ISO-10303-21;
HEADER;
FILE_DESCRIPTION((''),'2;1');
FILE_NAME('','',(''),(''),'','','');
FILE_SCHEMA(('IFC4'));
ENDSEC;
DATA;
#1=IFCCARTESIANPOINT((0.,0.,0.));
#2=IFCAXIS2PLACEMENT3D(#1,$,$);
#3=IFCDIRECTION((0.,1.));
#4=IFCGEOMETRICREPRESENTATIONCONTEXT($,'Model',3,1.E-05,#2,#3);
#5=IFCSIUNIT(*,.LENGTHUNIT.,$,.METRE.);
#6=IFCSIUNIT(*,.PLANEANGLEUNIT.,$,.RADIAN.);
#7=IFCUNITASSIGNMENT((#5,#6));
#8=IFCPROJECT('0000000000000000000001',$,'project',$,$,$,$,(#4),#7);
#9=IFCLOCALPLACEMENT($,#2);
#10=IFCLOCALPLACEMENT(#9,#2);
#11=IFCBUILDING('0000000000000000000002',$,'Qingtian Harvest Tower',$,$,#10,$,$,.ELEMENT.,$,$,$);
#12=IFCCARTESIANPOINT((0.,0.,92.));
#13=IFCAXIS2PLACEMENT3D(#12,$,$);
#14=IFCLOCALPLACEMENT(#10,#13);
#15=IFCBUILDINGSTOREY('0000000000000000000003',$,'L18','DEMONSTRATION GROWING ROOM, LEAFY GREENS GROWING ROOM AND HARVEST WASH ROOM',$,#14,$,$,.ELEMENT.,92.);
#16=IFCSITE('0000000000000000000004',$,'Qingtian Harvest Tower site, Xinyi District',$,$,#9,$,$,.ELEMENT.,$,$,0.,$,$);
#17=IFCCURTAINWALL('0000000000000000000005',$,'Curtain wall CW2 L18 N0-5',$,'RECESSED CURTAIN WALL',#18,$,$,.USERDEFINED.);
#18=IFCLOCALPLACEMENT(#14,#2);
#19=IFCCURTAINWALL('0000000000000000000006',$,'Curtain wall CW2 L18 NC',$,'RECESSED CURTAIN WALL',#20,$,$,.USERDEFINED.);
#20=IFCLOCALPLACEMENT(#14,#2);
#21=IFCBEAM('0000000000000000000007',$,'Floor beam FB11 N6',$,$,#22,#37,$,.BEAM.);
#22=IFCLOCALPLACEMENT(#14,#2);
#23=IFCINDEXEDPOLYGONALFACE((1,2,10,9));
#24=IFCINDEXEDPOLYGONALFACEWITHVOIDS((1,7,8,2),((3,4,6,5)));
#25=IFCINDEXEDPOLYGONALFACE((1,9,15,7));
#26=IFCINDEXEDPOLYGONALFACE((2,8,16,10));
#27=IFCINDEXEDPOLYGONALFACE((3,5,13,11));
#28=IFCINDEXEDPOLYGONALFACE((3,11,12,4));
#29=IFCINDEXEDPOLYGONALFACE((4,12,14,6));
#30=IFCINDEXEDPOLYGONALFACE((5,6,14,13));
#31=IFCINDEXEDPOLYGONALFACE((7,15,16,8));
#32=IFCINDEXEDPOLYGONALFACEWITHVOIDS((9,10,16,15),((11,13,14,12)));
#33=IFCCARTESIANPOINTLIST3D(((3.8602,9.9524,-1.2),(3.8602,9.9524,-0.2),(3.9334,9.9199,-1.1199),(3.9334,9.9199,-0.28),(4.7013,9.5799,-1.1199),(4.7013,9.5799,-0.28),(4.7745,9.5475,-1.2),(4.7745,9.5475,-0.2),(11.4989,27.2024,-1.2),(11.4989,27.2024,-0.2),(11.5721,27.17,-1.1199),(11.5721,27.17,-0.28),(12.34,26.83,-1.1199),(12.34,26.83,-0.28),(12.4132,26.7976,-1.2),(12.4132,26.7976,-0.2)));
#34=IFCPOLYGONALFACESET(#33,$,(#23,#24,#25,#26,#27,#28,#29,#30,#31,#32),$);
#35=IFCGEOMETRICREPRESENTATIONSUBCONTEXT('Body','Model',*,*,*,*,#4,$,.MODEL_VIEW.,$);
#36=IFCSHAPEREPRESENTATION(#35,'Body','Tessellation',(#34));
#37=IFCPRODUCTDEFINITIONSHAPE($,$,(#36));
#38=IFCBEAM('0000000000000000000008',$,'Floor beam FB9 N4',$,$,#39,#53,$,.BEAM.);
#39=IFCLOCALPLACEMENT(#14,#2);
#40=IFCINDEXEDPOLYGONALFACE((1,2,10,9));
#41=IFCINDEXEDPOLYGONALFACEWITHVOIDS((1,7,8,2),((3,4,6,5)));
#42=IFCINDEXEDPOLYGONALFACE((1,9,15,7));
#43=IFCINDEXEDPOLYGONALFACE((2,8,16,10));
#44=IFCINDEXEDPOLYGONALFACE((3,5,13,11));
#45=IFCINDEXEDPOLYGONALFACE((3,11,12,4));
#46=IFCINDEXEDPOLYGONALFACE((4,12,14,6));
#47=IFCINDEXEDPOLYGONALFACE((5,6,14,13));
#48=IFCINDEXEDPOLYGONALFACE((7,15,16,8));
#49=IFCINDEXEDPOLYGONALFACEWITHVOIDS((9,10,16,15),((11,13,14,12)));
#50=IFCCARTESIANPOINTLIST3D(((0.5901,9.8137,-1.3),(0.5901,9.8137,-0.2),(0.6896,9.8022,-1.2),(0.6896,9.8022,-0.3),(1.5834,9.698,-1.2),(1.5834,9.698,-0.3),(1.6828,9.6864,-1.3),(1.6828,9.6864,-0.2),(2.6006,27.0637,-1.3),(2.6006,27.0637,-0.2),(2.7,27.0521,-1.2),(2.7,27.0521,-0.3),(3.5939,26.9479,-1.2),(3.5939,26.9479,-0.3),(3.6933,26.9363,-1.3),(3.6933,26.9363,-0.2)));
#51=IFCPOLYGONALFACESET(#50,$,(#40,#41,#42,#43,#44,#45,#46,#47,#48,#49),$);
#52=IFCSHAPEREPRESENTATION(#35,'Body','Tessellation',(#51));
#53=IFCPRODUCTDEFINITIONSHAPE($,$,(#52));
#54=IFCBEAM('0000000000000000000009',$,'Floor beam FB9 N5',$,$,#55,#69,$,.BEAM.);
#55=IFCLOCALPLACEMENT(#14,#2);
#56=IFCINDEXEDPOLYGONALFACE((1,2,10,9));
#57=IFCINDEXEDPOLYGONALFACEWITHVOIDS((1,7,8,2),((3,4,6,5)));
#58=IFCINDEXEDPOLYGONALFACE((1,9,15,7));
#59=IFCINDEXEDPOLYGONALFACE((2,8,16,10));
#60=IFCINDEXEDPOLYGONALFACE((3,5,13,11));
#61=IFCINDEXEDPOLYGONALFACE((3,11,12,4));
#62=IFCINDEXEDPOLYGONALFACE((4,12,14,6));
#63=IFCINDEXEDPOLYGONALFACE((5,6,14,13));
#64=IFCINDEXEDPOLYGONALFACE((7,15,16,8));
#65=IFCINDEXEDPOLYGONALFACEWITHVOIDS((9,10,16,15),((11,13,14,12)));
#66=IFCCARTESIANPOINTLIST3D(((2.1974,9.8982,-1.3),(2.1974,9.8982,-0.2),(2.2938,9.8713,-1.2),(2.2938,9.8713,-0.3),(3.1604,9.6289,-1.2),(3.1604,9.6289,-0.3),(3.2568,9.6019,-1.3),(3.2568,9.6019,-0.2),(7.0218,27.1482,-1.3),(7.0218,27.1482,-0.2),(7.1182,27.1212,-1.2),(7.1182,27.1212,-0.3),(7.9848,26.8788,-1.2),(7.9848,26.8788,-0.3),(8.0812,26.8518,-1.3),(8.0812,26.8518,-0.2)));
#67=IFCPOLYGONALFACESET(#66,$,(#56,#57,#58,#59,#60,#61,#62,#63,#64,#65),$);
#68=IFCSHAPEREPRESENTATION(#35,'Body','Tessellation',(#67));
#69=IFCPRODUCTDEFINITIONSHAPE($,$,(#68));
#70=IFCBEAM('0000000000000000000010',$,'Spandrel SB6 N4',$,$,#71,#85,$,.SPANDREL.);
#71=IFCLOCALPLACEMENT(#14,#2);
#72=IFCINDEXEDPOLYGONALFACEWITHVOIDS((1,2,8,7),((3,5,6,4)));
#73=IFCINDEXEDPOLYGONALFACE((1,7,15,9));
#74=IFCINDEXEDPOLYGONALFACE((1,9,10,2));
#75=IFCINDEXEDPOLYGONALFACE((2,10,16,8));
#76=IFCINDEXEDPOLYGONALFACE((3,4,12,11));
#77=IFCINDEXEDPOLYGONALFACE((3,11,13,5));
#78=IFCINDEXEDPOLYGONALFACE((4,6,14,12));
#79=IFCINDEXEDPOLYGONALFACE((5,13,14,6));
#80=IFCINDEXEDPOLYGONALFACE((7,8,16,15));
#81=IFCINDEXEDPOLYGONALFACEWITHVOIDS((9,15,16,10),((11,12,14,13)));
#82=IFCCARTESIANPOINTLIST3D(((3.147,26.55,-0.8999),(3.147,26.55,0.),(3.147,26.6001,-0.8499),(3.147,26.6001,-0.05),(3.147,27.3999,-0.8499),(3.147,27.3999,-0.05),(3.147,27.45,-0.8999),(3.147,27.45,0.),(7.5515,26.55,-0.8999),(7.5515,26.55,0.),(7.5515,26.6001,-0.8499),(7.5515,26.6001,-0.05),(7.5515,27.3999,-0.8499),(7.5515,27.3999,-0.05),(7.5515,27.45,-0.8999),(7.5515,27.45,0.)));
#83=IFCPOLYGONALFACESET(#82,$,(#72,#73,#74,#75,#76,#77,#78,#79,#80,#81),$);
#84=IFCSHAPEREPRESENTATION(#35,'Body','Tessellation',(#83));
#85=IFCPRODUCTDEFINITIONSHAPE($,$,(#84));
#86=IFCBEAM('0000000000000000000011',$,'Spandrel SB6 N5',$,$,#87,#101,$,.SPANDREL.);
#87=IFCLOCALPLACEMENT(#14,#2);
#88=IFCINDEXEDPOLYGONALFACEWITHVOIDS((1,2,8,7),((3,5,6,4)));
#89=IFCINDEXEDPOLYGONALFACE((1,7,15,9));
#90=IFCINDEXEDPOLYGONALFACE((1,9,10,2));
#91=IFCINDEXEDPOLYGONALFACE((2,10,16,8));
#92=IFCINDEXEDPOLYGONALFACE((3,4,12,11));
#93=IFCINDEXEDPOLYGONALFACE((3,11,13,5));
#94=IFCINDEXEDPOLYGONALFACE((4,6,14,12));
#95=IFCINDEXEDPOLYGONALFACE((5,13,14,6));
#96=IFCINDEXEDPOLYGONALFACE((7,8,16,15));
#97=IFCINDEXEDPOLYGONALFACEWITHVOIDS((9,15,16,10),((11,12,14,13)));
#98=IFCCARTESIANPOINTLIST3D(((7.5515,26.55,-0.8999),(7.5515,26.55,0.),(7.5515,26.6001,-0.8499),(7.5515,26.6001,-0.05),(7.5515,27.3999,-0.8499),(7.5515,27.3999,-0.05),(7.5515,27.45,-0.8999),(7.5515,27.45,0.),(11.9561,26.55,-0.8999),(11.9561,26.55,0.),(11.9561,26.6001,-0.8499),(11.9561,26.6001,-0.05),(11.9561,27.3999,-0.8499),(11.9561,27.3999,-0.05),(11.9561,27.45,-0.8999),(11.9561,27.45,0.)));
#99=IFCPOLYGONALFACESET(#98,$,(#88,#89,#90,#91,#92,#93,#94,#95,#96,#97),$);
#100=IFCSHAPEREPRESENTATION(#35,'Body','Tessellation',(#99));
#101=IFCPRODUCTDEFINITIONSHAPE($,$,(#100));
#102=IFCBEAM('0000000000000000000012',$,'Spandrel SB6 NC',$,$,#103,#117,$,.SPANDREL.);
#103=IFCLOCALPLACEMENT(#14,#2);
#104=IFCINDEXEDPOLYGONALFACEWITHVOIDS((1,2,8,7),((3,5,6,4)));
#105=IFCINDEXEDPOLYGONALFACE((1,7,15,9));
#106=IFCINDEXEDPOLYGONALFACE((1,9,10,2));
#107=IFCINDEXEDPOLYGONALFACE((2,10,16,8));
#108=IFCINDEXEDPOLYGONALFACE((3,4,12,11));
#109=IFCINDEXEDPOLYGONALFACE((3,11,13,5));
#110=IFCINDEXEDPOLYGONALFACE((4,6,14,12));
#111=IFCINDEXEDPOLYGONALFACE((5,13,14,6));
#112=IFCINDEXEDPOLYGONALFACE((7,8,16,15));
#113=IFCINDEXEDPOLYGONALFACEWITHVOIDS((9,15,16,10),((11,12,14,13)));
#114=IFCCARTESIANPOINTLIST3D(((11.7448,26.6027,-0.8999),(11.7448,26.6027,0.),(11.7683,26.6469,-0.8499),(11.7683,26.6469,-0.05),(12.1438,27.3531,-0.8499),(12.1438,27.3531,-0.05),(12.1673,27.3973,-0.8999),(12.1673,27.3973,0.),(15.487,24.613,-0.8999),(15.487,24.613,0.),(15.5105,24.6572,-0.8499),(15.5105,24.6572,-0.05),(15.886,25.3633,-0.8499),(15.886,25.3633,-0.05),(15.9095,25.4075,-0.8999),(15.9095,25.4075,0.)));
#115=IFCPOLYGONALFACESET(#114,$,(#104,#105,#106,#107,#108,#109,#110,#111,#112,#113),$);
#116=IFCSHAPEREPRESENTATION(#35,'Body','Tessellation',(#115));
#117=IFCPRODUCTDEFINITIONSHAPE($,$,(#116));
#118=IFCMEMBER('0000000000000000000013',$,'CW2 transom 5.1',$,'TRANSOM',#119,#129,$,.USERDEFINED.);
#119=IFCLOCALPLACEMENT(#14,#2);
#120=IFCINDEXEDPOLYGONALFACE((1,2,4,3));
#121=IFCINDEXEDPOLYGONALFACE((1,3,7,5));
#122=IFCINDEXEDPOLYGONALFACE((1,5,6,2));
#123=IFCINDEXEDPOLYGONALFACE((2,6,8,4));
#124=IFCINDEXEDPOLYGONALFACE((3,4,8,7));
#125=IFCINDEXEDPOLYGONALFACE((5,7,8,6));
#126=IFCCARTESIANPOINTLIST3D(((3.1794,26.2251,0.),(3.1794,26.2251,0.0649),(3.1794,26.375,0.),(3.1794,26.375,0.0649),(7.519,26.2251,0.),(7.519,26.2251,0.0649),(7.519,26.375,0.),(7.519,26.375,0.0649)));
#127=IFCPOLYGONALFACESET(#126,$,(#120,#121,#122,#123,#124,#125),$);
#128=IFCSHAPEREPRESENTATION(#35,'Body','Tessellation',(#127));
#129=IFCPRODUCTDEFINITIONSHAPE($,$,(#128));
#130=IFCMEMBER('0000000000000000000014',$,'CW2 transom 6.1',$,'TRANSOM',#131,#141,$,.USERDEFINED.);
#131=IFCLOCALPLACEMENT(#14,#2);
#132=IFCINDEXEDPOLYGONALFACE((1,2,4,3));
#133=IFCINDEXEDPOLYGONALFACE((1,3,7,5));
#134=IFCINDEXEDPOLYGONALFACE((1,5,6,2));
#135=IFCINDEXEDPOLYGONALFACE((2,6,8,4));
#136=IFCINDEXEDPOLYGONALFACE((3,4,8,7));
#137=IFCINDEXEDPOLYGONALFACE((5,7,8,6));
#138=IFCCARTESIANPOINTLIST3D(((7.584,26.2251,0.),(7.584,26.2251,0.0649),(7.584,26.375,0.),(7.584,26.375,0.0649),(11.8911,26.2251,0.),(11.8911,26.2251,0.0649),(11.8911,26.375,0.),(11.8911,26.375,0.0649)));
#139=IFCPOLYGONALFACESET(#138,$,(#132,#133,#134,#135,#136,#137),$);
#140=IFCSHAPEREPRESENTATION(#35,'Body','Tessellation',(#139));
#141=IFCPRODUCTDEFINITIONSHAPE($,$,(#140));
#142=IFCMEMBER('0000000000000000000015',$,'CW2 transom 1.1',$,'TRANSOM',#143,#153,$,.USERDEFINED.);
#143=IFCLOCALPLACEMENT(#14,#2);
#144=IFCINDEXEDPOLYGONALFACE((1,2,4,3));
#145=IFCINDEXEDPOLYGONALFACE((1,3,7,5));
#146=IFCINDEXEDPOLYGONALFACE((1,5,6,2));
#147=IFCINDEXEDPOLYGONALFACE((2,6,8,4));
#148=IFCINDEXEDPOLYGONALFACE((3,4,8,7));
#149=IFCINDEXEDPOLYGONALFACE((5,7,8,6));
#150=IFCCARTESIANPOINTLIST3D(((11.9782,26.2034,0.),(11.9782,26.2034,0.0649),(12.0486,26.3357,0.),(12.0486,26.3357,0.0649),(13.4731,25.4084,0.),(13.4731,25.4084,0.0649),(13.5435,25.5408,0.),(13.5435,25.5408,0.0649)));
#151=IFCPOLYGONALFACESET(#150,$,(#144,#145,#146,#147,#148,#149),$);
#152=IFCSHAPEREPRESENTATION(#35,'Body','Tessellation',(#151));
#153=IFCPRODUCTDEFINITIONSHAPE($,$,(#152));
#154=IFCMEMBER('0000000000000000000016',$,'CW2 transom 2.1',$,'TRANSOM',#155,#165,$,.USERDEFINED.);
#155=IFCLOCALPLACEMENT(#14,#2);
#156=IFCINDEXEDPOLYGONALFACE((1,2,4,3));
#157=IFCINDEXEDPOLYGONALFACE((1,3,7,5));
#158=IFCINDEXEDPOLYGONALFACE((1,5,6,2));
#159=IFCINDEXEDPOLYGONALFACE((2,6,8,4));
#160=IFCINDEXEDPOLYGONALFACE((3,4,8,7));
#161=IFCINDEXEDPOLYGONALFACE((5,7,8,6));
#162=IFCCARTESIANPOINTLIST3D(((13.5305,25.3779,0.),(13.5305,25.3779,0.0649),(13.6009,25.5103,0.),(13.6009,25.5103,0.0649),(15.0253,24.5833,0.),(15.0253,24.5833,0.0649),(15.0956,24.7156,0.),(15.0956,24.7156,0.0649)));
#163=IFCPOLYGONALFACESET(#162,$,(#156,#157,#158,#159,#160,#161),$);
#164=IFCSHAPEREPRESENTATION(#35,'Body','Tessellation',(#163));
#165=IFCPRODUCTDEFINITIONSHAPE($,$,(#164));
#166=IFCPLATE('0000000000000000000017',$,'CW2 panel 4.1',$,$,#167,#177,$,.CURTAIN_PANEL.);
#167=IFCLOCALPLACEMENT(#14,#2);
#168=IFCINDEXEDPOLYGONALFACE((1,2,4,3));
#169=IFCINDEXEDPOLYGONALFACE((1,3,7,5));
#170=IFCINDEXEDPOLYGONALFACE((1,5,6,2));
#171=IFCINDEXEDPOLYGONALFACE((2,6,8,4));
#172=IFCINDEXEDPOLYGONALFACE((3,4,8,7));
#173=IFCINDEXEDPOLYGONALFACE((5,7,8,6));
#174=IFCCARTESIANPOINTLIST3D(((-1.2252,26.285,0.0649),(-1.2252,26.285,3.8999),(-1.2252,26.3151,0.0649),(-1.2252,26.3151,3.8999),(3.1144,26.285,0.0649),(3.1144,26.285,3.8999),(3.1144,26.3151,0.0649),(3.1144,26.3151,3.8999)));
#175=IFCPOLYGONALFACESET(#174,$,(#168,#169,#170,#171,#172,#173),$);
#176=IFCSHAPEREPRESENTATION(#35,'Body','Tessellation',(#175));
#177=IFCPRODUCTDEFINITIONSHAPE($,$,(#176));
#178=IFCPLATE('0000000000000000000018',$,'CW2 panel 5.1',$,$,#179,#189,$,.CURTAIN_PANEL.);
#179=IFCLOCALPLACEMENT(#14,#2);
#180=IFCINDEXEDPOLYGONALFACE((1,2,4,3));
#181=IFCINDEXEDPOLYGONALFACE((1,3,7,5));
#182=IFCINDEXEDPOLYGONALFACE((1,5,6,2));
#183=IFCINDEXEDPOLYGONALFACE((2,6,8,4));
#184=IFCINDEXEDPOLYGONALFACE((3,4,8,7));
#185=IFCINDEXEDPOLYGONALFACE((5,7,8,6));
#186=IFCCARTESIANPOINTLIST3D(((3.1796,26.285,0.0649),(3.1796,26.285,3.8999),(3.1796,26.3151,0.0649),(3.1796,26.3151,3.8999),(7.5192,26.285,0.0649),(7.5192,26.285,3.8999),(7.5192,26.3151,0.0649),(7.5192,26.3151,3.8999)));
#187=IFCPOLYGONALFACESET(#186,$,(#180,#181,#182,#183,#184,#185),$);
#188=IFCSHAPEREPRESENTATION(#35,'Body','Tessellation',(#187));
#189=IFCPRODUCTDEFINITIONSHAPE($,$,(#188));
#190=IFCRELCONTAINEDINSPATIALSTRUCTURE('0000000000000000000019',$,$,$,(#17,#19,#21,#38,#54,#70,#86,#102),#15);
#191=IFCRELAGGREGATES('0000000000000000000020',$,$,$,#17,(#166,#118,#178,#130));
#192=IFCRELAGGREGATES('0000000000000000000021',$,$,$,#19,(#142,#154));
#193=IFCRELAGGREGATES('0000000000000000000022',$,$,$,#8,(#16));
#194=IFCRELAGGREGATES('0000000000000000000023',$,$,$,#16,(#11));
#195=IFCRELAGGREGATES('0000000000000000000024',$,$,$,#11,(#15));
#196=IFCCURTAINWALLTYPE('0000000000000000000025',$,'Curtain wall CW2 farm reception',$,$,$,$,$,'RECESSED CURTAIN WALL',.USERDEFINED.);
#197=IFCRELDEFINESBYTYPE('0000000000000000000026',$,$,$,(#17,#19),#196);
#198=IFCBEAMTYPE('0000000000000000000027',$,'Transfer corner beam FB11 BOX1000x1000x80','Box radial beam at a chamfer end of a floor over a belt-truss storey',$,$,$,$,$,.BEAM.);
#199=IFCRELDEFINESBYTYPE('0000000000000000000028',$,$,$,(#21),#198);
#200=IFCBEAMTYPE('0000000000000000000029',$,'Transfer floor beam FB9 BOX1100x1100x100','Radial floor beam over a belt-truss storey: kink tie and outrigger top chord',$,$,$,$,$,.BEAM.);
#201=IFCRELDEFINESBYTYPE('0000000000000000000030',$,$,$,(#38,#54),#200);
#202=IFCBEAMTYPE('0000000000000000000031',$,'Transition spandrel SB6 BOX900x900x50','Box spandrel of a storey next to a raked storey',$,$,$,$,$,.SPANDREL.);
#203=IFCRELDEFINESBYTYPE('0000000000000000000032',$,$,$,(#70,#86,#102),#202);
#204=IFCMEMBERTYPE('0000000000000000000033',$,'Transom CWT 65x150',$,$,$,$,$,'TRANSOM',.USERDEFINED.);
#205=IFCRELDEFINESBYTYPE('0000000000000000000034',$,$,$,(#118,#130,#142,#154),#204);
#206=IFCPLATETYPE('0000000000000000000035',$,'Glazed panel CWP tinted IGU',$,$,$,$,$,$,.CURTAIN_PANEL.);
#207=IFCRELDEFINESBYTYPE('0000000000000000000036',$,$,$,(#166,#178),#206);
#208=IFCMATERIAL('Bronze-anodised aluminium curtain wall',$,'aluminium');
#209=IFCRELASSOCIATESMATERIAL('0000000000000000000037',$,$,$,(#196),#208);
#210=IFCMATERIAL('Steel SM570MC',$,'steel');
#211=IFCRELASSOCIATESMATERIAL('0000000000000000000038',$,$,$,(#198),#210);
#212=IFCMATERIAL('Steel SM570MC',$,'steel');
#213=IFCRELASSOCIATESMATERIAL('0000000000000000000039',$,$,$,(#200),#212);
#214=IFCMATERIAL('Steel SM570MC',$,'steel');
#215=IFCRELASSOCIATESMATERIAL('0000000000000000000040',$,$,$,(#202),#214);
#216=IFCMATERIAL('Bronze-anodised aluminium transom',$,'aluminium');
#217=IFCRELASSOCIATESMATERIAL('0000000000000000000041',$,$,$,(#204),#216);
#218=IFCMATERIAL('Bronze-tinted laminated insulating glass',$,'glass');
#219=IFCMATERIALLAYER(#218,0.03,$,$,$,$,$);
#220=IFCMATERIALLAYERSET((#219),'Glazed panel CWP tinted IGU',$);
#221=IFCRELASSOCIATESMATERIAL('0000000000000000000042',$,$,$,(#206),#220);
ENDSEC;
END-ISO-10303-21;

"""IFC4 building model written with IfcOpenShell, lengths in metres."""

from ifc_helpers import new_model, si_unit, direction, frame, origin, origin_2d, place, context, subcontext, project, spatial, rectangle, hollow_rectangle, extrude, material, layer, layer_set, material_profile, profile_set, type_object, element, aggregate, save


model = new_model("IFC4")

# Units and contexts
model_context = context("Model", 3, precision=1e-05, world=origin(), true_north=direction((0.0, 1.0)))
body_context = subcontext(model_context, "Body", "Model", "MODEL_VIEW")
ifc_project = project(units=[si_unit("LENGTHUNIT", "METRE"), si_unit("PLANEANGLEUNIT", "RADIAN")], contexts=[model_context])

# Site, building, storey
site_placement = place(None, origin())
site = spatial("IfcSite", under=ifc_project, at=site_placement, Name="Qingtian Harvest Tower site, Xinyi District", CompositionType="ELEMENT", RefElevation=0.0)
building_placement = place(site_placement, origin())
building = spatial("IfcBuilding", under=site, at=building_placement, Name="Qingtian Harvest Tower", CompositionType="ELEMENT")
storey_placement = place(building_placement, frame((0.0, 0.0, 92.0)))
storey = spatial("IfcBuildingStorey", under=building, at=storey_placement, Name="L18", Description="DEMONSTRATION GROWING ROOM, LEAFY GREENS GROWING ROOM AND HARVEST WASH ROOM", CompositionType="ELEMENT", Elevation=92.0)

# Curtain walls
ifc_material_1 = material(Name="Bronze-anodised aluminium curtain wall", Category="aluminium")
curtain_wall_type = type_object("IfcCurtainWallType", Name="Curtain wall CW2 farm reception", ElementType="RECESSED CURTAIN WALL", PredefinedType="USERDEFINED", material=ifc_material_1)
curtain_wall_1_placement = place(storey_placement, origin())
curtain_wall_1 = element("IfcCurtainWall", 1, at=curtain_wall_1_placement, inside=storey, type_object=curtain_wall_type, Name="Curtain wall CW2 L18 N0-5", ObjectType="RECESSED CURTAIN WALL", PredefinedType="USERDEFINED")
curtain_wall_2_placement = place(storey_placement, origin())
curtain_wall_2 = element("IfcCurtainWall", 2, at=curtain_wall_2_placement, inside=storey, type_object=curtain_wall_type, Name="Curtain wall CW2 L18 NC", ObjectType="RECESSED CURTAIN WALL", PredefinedType="USERDEFINED")

# Beams
ifc_material_2 = material(Name="Steel SM570MC", Category="steel")
ifc_material_profile_1 = material_profile(ifc_material_2, hollow_rectangle(XDim=1.0, YDim=1.0, WallThickness=0.0801, at=origin_2d()), Name="BOX1000x1000x80")
ifc_profile_set_1 = profile_set([ifc_material_profile_1], Name="Steel SM570MC")
beam_type_1 = type_object("IfcBeamType", Name="Transfer corner beam FB11 BOX1000x1000x80", Description="Box radial beam at a chamfer end of a floor over a belt-truss storey", PredefinedType="BEAM", material=ifc_profile_set_1)
beam_1_placement = place(storey_placement, frame((11.9561, 27.0, -0.7), z_axis=(-0.404899, -0.914361, 0.0), x_axis=(0.914361, -0.404899, 0.0)))
element("IfcBeam", 3, at=beam_1_placement, inside=storey, type_object=beam_type_1, Name="Floor beam FB11 N6", PredefinedType="BEAM", context=body_context, shape_type="SweptSolid", body=[
    extrude(hollow_rectangle(XDim=1.0, YDim=1.0, WallThickness=0.0801, at=origin_2d()), origin(), (0.0, 0.0, 1.0), 18.8657),
])
ifc_material_3 = material(Name="Steel SM570MC", Category="steel")
ifc_material_profile_2 = material_profile(ifc_material_3, hollow_rectangle(XDim=1.1001, YDim=1.1001, WallThickness=0.1001, at=origin_2d()), Name="BOX1100x1100x100")
ifc_profile_set_2 = profile_set([ifc_material_profile_2], Name="Steel SM570MC")
beam_type_2 = type_object("IfcBeamType", Name="Transfer floor beam FB9 BOX1100x1100x100", Description="Radial floor beam over a belt-truss storey: kink tie and outrigger top chord", PredefinedType="BEAM", material=ifc_profile_set_2)
beam_2_placement = place(storey_placement, frame((3.147, 27.0, -0.75), z_axis=(-0.115767, -0.993276, 0.0), x_axis=(0.993276, -0.115767, 0.0)))
element("IfcBeam", 4, at=beam_2_placement, inside=storey, type_object=beam_type_2, Name="Floor beam FB9 N4", PredefinedType="BEAM", context=body_context, shape_type="SweptSolid", body=[
    extrude(hollow_rectangle(XDim=1.1001, YDim=1.1001, WallThickness=0.1001, at=origin_2d()), origin(), (0.0, 0.0, 1.0), 17.3667),
])
beam_3_placement = place(storey_placement, frame((7.5515, 27.0, -0.75), z_axis=(-0.269343, -0.963044, 0.0), x_axis=(0.963044, -0.269343, 0.0)))
element("IfcBeam", 5, at=beam_3_placement, inside=storey, type_object=beam_type_2, Name="Floor beam FB9 N5", PredefinedType="BEAM", context=body_context, shape_type="SweptSolid", body=[
    extrude(hollow_rectangle(XDim=1.1001, YDim=1.1001, WallThickness=0.1001, at=origin_2d()), origin(), (0.0, 0.0, 1.0), 17.9119),
])
ifc_material_4 = material(Name="Steel SM570MC", Category="steel")
ifc_material_profile_3 = material_profile(ifc_material_4, hollow_rectangle(XDim=0.8999, YDim=0.8999, WallThickness=0.05, at=origin_2d()), Name="BOX900x900x50")
ifc_profile_set_3 = profile_set([ifc_material_profile_3], Name="Steel SM570MC")
beam_type_3 = type_object("IfcBeamType", Name="Transition spandrel SB6 BOX900x900x50", Description="Box spandrel of a storey next to a raked storey", PredefinedType="SPANDREL", material=ifc_profile_set_3)
for number, where, z_axis, x_axis, name in (
    (6, (3.147, 27.0, -0.45), (1.0, 0.0, 0.0), (0.0, 1.0, 0.0), "Spandrel SB6 N4"),
    (7, (7.5515, 27.0, -0.45), (1.0, 0.0, 0.0), (0.0, 1.0, 0.0), "Spandrel SB6 N5"),
):
    element("IfcBeam", number, at=place(storey_placement, frame(where, z_axis=z_axis, x_axis=x_axis)), inside=storey, type_object=beam_type_3, Name=name, PredefinedType="SPANDREL", context=body_context, shape_type="SweptSolid", body=[
        extrude(hollow_rectangle(XDim=0.8999, YDim=0.8999, WallThickness=0.05, at=origin_2d()), origin(), (0.0, 0.0, 1.0), 4.4045),
    ])
beam_4_placement = place(storey_placement, frame((11.9561, 27.0, -0.45), z_axis=(0.882949, -0.46947, 0.0), x_axis=(0.46947, 0.882949, 0.0)))
element("IfcBeam", 8, at=beam_4_placement, inside=storey, type_object=beam_type_3, Name="Spandrel SB6 NC", PredefinedType="SPANDREL", context=body_context, shape_type="SweptSolid", body=[
    extrude(hollow_rectangle(XDim=0.8999, YDim=0.8999, WallThickness=0.05, at=origin_2d()), origin(), (0.0, 0.0, 1.0), 4.2383),
])

# Members
ifc_material_5 = material(Name="Bronze-anodised aluminium transom", Category="aluminium")
ifc_material_profile_4 = material_profile(ifc_material_5, rectangle(XDim=0.1499, YDim=0.0649, at=origin_2d()), Name="AL 65x150")
ifc_profile_set_4 = profile_set([ifc_material_profile_4], Name="Bronze-anodised aluminium transom")
member_type_1 = type_object("IfcMemberType", Name="Transom CWT 65x150", ElementType="TRANSOM", PredefinedType="USERDEFINED", material=ifc_profile_set_4)
member_1_placement = place(storey_placement, frame((3.1794, 26.3, 0.0325), z_axis=(1.0, 0.0, 0.0), x_axis=(0.0, 1.0, 0.0)))
member_1 = element("IfcMember", 9, at=member_1_placement, type_object=member_type_1, Name="CW2 transom 5.1", ObjectType="TRANSOM", PredefinedType="USERDEFINED", context=body_context, shape_type="SweptSolid", body=[
    extrude(rectangle(XDim=0.1499, YDim=0.0649, at=origin_2d()), origin(), (0.0, 0.0, 1.0), 4.3396),
])
member_2_placement = place(storey_placement, frame((7.584, 26.3, 0.0325), z_axis=(1.0, 0.0, 0.0), x_axis=(0.0, 1.0, 0.0)))
member_2 = element("IfcMember", 10, at=member_2_placement, type_object=member_type_1, Name="CW2 transom 6.1", ObjectType="TRANSOM", PredefinedType="USERDEFINED", context=body_context, shape_type="SweptSolid", body=[
    extrude(rectangle(XDim=0.1499, YDim=0.0649, at=origin_2d()), origin(), (0.0, 0.0, 1.0), 4.3071),
])
member_3_placement = place(storey_placement, frame((12.0134, 26.2695, 0.0325), z_axis=(0.882927, -0.46951, 0.0), x_axis=(0.46951, 0.882927, 0.0)))
member_3 = element("IfcMember", 11, at=member_3_placement, type_object=member_type_1, Name="CW2 transom 1.1", ObjectType="TRANSOM", PredefinedType="USERDEFINED", context=body_context, shape_type="SweptSolid", body=[
    extrude(rectangle(XDim=0.1499, YDim=0.0649, at=origin_2d()), origin(), (0.0, 0.0, 1.0), 1.6931),
])
member_4_placement = place(storey_placement, frame((13.5657, 25.4441, 0.0325), z_axis=(0.882987, -0.469398, 0.0), x_axis=(0.469398, 0.882987, 0.0)))
member_4 = element("IfcMember", 12, at=member_4_placement, type_object=member_type_1, Name="CW2 transom 2.1", ObjectType="TRANSOM", PredefinedType="USERDEFINED", context=body_context, shape_type="SweptSolid", body=[
    extrude(rectangle(XDim=0.1499, YDim=0.0649, at=origin_2d()), origin(), (0.0, 0.0, 1.0), 1.6929),
])

# Plates
ifc_material_6 = material(Name="Bronze-tinted laminated insulating glass", Category="glass")
ifc_layer_1 = layer(ifc_material_6, 0.03)
ifc_layer_set_1 = layer_set([ifc_layer_1], Name="Glazed panel CWP tinted IGU")
plate_type = type_object("IfcPlateType", Name="Glazed panel CWP tinted IGU", PredefinedType="CURTAIN_PANEL", material=ifc_layer_set_1)
plate_1_placement = place(storey_placement, frame((0.9446, 26.3, 0.0649), z_axis=(0.0, 0.0, 1.0), x_axis=(1.0, 0.0, 0.0)))
plate_1 = element("IfcPlate", 13, at=plate_1_placement, type_object=plate_type, Name="CW2 panel 4.1", PredefinedType="CURTAIN_PANEL", context=body_context, shape_type="SweptSolid", body=[
    extrude(rectangle(XDim=4.3396, YDim=0.03, at=origin_2d()), origin(), (0.0, 0.0, 1.0), 3.835),
])
plate_2_placement = place(storey_placement, frame((5.3494, 26.3, 0.0649), z_axis=(0.0, 0.0, 1.0), x_axis=(1.0, 0.0, 0.0)))
plate_2 = element("IfcPlate", 14, at=plate_2_placement, type_object=plate_type, Name="CW2 panel 5.1", PredefinedType="CURTAIN_PANEL", context=body_context, shape_type="SweptSolid", body=[
    extrude(rectangle(XDim=4.3396, YDim=0.03, at=origin_2d()), origin(), (0.0, 0.0, 1.0), 3.835),
])
aggregate(curtain_wall_1, [plate_1, member_1, plate_2, member_2])
aggregate(curtain_wall_2, [member_3, member_4])

save(model, "model.ifc")
